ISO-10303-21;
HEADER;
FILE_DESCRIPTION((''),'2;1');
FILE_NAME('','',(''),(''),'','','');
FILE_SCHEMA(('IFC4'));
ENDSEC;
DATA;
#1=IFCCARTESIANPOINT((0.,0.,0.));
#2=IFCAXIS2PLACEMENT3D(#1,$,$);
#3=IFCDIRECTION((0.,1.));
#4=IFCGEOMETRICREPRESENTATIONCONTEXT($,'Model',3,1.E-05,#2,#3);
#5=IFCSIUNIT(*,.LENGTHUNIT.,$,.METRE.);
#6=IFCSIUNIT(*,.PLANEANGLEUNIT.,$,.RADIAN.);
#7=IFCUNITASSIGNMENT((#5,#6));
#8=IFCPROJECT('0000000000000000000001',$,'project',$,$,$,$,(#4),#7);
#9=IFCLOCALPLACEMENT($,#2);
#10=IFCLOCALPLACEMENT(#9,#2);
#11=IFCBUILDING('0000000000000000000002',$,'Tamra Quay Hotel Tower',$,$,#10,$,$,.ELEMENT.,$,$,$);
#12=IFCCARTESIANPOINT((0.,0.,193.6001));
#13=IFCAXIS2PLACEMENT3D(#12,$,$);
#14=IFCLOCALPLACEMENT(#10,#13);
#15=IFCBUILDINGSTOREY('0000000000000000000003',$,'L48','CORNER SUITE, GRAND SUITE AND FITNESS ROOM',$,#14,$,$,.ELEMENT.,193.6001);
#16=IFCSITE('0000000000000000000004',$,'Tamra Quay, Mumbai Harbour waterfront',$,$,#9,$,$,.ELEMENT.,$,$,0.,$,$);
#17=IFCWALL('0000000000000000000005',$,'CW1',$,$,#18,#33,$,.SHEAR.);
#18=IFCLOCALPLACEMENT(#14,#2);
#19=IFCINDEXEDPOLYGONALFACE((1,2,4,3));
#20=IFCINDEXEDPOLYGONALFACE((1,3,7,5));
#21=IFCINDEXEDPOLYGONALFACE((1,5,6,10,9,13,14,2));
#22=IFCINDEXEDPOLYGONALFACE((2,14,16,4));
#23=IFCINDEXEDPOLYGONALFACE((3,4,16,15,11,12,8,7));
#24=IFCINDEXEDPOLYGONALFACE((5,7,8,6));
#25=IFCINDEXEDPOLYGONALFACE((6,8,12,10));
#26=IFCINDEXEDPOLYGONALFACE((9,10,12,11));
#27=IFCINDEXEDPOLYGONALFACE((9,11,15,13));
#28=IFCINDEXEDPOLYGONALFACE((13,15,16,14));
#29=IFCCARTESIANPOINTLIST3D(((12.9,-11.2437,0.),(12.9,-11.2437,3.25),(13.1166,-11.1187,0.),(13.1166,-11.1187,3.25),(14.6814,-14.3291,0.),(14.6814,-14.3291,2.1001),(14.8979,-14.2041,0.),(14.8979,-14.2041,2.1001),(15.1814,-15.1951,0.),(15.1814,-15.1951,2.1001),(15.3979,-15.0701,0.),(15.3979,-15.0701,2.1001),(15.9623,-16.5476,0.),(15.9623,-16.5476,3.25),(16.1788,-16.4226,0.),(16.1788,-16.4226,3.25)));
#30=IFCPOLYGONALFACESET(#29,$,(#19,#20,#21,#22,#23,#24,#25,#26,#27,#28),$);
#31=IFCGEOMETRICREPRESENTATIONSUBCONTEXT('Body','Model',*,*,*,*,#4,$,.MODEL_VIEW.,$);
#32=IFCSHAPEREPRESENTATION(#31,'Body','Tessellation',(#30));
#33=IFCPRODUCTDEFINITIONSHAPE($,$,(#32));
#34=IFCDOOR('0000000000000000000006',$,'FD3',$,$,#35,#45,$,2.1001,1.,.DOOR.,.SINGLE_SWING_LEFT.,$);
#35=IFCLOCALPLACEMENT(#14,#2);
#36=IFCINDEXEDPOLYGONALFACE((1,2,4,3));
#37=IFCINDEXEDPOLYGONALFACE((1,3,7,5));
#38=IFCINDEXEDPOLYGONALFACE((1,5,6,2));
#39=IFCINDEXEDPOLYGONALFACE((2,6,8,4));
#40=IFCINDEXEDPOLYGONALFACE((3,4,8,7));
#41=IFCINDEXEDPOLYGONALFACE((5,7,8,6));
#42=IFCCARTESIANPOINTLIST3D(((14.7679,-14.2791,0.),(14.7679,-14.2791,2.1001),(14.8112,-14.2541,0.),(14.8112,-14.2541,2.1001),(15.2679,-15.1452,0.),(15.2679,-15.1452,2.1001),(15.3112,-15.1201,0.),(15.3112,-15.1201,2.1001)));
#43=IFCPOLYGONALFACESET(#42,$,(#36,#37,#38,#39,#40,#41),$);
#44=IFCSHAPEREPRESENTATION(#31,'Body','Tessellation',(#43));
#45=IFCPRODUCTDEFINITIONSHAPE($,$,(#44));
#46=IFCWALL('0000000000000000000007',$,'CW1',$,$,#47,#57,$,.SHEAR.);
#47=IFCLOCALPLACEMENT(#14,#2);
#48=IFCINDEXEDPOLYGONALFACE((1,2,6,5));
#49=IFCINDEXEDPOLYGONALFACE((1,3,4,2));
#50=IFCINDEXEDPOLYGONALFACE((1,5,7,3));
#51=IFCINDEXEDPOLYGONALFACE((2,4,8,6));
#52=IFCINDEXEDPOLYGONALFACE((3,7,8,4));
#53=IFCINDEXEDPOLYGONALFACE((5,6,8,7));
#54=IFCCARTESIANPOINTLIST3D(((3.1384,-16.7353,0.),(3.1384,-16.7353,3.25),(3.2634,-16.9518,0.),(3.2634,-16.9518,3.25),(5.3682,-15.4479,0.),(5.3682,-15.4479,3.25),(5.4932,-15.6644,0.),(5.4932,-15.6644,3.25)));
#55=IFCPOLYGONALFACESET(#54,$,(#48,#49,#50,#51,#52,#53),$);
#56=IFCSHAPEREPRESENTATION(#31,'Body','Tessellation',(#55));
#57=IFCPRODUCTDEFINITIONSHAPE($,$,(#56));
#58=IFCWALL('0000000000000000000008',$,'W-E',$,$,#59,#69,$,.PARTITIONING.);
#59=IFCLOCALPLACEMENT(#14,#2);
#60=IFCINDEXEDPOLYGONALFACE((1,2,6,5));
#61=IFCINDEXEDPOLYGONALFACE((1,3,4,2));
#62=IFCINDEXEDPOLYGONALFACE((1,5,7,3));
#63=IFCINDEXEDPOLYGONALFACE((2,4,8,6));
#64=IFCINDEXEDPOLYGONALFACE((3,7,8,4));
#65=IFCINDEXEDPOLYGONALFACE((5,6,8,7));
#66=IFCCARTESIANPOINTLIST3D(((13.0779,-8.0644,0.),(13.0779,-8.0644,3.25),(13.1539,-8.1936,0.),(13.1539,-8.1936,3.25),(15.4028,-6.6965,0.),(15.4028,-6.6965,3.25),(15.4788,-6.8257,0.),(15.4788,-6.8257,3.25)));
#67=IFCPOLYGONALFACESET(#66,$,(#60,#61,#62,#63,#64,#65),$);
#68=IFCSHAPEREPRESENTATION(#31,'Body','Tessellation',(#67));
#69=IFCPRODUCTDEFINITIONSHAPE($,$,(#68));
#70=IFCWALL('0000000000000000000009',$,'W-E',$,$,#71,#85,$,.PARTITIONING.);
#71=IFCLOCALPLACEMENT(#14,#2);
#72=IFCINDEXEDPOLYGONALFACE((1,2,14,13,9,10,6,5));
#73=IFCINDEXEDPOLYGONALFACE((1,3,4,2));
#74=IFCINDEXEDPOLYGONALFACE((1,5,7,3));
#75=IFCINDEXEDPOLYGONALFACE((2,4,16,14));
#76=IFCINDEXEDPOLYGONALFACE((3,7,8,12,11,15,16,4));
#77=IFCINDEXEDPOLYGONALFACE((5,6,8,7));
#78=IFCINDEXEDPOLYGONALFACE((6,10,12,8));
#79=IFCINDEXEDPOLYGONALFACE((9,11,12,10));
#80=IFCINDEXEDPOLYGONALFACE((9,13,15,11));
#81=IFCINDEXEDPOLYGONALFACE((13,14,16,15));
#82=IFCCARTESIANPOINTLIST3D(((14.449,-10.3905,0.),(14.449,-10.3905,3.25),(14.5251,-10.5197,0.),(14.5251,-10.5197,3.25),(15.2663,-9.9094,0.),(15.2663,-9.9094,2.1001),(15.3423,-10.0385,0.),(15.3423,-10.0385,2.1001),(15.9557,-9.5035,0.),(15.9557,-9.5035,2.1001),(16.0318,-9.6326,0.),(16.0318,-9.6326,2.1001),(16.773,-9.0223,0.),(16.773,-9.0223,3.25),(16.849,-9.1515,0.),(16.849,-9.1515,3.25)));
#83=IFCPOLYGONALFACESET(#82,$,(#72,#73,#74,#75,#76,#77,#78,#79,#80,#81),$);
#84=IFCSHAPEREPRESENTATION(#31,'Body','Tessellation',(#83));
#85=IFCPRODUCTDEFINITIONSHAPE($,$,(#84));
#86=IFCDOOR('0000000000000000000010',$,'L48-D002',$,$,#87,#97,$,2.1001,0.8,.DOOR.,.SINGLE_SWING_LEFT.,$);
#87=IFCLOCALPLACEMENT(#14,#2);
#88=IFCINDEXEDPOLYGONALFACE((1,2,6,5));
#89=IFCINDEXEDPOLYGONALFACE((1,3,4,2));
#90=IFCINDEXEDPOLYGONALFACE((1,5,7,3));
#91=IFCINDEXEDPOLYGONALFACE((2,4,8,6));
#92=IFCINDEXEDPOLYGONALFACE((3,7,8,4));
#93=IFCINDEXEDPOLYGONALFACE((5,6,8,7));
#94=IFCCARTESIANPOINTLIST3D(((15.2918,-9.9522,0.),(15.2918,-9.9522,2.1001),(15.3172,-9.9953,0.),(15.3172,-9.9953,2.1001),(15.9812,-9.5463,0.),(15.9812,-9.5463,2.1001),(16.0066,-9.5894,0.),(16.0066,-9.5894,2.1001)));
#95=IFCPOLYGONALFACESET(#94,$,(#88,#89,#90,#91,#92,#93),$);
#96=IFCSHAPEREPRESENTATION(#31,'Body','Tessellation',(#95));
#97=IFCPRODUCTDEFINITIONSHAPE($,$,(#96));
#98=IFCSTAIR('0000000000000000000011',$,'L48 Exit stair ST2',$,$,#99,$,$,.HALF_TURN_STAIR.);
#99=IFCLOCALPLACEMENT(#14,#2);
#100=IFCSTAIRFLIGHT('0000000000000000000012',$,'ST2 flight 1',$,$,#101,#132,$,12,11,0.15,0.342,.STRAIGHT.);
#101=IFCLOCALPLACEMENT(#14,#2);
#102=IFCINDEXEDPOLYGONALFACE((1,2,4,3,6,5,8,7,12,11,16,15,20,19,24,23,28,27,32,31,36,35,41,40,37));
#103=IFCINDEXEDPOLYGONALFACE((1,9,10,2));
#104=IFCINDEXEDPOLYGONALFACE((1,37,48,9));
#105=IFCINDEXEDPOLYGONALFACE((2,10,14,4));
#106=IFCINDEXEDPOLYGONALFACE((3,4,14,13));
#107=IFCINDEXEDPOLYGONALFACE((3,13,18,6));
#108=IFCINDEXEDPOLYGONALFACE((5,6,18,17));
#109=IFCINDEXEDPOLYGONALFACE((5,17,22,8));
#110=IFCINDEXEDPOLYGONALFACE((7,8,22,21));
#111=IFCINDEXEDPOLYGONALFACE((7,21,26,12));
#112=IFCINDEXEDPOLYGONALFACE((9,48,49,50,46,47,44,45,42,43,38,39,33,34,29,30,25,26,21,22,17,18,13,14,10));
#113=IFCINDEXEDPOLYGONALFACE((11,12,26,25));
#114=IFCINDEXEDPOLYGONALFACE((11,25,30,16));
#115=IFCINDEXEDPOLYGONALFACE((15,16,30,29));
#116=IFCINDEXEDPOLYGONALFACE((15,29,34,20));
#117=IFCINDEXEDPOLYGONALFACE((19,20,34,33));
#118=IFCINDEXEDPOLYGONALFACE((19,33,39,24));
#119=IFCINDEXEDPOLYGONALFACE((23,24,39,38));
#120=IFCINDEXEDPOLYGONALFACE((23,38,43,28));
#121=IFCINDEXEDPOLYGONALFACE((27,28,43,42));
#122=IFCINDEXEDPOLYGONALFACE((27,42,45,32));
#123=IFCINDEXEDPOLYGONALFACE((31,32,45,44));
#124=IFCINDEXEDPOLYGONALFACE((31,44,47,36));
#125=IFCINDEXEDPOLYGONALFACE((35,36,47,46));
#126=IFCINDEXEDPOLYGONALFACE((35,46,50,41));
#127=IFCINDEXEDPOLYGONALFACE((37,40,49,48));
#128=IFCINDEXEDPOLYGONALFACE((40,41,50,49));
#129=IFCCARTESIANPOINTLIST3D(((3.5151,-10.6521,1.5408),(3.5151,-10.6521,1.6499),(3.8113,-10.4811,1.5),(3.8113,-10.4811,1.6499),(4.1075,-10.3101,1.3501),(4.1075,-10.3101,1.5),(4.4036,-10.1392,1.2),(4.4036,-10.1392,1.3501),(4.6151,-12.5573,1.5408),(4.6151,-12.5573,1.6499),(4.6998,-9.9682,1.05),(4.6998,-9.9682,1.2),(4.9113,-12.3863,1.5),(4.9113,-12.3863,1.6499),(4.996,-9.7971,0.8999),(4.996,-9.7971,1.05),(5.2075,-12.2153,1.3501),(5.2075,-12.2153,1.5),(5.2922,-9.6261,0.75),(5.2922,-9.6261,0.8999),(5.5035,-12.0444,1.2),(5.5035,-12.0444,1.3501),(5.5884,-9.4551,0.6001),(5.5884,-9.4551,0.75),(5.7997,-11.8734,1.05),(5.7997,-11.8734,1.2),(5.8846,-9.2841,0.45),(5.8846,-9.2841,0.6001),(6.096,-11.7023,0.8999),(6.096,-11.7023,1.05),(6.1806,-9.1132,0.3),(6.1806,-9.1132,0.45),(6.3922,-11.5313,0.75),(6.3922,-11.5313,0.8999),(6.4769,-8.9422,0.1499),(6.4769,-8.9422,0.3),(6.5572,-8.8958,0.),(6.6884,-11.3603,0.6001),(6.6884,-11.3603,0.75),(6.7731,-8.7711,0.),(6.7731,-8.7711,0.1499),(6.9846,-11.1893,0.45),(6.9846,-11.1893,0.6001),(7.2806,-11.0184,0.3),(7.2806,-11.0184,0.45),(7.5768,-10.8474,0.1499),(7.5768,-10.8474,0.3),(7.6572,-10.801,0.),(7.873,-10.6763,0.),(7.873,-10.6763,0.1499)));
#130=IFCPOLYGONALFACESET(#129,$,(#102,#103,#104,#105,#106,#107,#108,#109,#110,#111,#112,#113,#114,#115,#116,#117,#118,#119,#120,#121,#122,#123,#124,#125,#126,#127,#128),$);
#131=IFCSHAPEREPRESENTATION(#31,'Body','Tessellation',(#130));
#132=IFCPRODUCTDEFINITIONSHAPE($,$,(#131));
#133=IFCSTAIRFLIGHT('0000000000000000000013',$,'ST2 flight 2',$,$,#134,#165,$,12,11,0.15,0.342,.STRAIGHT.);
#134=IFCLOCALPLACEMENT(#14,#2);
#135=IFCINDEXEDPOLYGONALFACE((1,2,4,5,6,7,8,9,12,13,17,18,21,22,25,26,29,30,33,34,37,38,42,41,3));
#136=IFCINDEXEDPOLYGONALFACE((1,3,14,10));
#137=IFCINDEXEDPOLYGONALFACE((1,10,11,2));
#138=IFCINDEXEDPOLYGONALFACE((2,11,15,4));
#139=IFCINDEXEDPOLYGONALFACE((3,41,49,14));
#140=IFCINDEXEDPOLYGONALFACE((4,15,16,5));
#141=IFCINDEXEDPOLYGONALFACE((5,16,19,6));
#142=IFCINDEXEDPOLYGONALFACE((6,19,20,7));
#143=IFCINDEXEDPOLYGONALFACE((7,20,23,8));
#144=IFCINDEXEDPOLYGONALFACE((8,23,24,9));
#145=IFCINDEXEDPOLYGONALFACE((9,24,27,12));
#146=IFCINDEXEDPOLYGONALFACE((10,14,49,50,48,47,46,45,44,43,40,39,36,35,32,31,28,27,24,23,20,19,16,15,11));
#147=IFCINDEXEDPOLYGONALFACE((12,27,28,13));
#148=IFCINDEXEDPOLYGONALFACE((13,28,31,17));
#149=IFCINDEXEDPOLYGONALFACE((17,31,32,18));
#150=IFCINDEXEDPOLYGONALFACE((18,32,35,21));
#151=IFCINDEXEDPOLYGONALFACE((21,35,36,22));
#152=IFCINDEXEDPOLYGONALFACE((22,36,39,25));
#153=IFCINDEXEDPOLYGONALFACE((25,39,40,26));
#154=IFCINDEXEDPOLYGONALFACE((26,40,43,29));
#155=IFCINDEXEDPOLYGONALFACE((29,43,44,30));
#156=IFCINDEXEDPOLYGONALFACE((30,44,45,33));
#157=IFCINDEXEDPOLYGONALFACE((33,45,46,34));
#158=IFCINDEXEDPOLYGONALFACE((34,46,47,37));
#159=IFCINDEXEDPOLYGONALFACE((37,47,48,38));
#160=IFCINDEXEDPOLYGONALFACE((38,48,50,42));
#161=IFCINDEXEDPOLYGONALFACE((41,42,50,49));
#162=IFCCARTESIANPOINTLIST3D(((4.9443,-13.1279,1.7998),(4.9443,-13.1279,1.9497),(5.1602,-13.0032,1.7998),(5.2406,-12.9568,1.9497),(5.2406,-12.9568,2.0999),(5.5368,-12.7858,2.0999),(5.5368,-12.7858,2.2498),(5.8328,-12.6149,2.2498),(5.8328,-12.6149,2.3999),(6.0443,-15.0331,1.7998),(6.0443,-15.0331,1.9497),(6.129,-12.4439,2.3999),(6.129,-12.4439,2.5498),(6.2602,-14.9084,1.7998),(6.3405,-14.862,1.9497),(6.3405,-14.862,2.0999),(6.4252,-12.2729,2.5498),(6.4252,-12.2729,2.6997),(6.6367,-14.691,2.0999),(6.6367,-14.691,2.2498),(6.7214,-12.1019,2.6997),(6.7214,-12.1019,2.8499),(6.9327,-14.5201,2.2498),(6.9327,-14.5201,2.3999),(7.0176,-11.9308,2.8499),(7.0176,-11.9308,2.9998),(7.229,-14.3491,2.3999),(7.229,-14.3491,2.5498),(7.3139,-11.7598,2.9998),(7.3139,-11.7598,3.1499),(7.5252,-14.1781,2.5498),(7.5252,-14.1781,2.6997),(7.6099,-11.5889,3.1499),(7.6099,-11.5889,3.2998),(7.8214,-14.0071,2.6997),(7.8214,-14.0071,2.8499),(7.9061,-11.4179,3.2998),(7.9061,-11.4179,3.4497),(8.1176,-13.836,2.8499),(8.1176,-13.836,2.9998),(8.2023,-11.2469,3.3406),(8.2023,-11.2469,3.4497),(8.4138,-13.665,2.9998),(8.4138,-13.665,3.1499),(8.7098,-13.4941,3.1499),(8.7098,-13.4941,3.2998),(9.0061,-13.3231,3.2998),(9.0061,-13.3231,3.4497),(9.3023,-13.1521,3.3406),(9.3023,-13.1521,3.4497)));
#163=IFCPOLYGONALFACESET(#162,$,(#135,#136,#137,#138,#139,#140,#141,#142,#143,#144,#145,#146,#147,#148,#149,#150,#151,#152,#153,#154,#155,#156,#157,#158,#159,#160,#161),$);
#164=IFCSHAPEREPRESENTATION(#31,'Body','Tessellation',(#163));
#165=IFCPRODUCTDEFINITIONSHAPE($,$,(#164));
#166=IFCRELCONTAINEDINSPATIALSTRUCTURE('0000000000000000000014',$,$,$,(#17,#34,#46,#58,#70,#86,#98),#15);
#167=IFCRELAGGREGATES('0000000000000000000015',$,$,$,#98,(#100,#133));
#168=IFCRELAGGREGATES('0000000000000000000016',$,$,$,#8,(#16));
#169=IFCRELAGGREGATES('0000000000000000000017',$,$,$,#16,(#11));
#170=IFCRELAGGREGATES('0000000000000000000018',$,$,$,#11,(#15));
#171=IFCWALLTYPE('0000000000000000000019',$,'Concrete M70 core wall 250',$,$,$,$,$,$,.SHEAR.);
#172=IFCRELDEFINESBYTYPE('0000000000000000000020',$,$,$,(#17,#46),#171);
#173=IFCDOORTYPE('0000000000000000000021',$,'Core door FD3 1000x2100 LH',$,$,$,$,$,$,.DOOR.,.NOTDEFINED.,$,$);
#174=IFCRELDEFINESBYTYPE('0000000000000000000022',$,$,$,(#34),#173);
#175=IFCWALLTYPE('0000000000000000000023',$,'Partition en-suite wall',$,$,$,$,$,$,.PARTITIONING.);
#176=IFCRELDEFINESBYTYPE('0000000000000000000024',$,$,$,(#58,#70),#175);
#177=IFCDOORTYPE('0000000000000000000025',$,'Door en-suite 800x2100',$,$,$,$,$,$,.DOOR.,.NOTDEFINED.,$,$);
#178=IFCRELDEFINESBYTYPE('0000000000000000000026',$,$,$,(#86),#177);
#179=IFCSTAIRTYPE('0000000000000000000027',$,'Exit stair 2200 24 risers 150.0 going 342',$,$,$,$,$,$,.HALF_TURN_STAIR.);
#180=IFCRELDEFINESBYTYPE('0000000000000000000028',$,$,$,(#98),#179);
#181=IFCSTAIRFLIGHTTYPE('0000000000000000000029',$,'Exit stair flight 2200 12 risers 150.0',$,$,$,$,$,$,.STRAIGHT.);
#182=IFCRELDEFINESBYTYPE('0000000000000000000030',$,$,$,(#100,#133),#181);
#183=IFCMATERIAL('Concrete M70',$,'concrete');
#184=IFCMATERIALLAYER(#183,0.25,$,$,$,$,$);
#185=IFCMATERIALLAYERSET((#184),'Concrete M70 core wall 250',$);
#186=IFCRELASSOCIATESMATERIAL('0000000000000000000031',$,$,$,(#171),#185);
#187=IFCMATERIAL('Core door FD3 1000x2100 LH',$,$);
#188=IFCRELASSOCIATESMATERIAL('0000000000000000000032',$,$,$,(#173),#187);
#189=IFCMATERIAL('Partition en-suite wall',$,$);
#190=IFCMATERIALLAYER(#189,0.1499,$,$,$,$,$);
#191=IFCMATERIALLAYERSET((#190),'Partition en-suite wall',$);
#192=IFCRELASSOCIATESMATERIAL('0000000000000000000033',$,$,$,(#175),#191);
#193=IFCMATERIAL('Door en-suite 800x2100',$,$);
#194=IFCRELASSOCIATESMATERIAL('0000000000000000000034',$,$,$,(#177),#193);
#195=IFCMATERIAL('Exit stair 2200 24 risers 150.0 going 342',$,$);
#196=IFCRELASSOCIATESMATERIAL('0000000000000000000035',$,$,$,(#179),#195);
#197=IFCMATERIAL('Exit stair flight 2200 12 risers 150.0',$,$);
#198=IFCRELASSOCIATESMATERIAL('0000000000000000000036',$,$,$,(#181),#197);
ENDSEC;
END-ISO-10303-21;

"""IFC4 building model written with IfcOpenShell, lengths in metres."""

from ifc_helpers import new_model, si_unit, direction, frame, frame_2d, origin, place, context, subcontext, project, spatial, polyline, rectangle, outline, extrude, material, layer, layer_set, type_object, element, fill, aggregate, save


model = new_model("IFC4")

# Units and contexts
model_context = context("Model", 3, precision=1e-05, world=origin(), true_north=direction((0.0, 1.0)))
body_context = subcontext(model_context, "Body", "Model", "MODEL_VIEW")
ifc_project = project(units=[si_unit("LENGTHUNIT", "METRE"), si_unit("PLANEANGLEUNIT", "RADIAN")], contexts=[model_context])

# Site, building, storey
site_placement = place(None, origin())
site = spatial("IfcSite", under=ifc_project, at=site_placement, Name="Tamra Quay, Mumbai Harbour waterfront", CompositionType="ELEMENT", RefElevation=0.0)
building_placement = place(site_placement, origin())
building = spatial("IfcBuilding", under=site, at=building_placement, Name="Tamra Quay Hotel Tower", CompositionType="ELEMENT")
storey_placement = place(building_placement, frame((0.0, 0.0, 193.6001)))
storey = spatial("IfcBuildingStorey", under=building, at=storey_placement, Name="L48", Description="CORNER SUITE, GRAND SUITE AND FITNESS ROOM", CompositionType="ELEMENT", Elevation=193.6001)

# Shared definitions
ifc_material_1 = material(Name="Concrete M70", Category="concrete")

# Wall, opening, door
ifc_layer_1 = layer(ifc_material_1, 0.25)
ifc_layer_set_1 = layer_set([ifc_layer_1], Name="Concrete M70 core wall 250")
wall_type_1 = type_object("IfcWallType", Name="Concrete M70 core wall 250", PredefinedType="SHEAR", material=ifc_layer_set_1)
wall_1_placement = place(storey_placement, frame((13.0083, -11.1812, 0.0), z_axis=(0.0, 0.0, 1.0), x_axis=(0.500002, -0.866024, 0.0)))
wall_1 = element("IfcWall", 1, at=wall_1_placement, inside=storey, type_object=wall_type_1, Name="CW1", PredefinedType="SHEAR", context=body_context, shape_type="SweptSolid", body=[
    extrude(rectangle(XDim=6.1245, YDim=0.25, at=frame_2d((3.0623, 0.0))), origin(), (0.0, 0.0, 1.0), 3.25),
])
opening_1_placement = place(wall_1_placement, frame((3.5627, 0.0, 0.0)))
opening_1 = element("IfcOpeningElement", 2, at=opening_1_placement, cuts=wall_1, PredefinedType="OPENING", context=body_context, shape_type="SweptSolid", body=[
    extrude(rectangle(XDim=1.0, YDim=2.1001, at=frame_2d((0.5, 1.05))), frame((0.0, 0.135, 0.0), z_axis=(0.0, -1.0, 0.0), x_axis=(1.0, 0.0, 0.0)), (0.0, 0.0, 1.0), 0.27),
])
ifc_material_2 = material(Name="Core door FD3 1000x2100 LH")
door_type_1 = type_object("IfcDoorType", Name="Core door FD3 1000x2100 LH", OperationType="NOTDEFINED", PredefinedType="DOOR", material=ifc_material_2)
door_1_placement = place(opening_1_placement, origin())
door_1 = element("IfcDoor", 3, at=door_1_placement, inside=storey, type_object=door_type_1, Name="FD3", OperationType="SINGLE_SWING_LEFT", OverallHeight=2.1001, OverallWidth=1.0, PredefinedType="DOOR", context=body_context, shape_type="SweptSolid", body=[
    extrude(rectangle(XDim=1.0, YDim=2.1001, at=frame_2d((0.5, 1.05))), frame((0.0, 0.0249, 0.0), z_axis=(0.0, -1.0, 0.0), x_axis=(1.0, 0.0, 0.0)), (0.0, 0.0, 1.0), 0.05),
])
fill(opening_1, door_1)

# Walls
wall_2_placement = place(storey_placement, frame((5.4307, -15.5562, 0.0), z_axis=(0.0, 0.0, 1.0), x_axis=(-0.866023, -0.500004, 0.0)))
element("IfcWall", 4, at=wall_2_placement, inside=storey, type_object=wall_type_1, Name="CW1", PredefinedType="SHEAR", context=body_context, shape_type="SweptSolid", body=[
    extrude(rectangle(XDim=2.5747, YDim=0.25, at=frame_2d((1.2874, 0.0))), origin(), (0.0, 0.0, 1.0), 3.25),
])
ifc_material_3 = material(Name="Partition en-suite wall")
ifc_layer_2 = layer(ifc_material_3, 0.1499)
ifc_layer_set_2 = layer_set([ifc_layer_2], Name="Partition en-suite wall")
wall_type_2 = type_object("IfcWallType", Name="Partition en-suite wall", PredefinedType="PARTITIONING", material=ifc_layer_set_2)
wall_3_placement = place(storey_placement, frame((13.116, -8.1289, 0.0), z_axis=(0.0, 0.0, 1.0), x_axis=(0.861885, 0.507103, 0.0)))
element("IfcWall", 5, at=wall_3_placement, inside=storey, type_object=wall_type_2, Name="W-E", PredefinedType="PARTITIONING", context=body_context, shape_type="SweptSolid", body=[
    extrude(rectangle(XDim=2.6975, YDim=0.1499, at=frame_2d((1.3486, 0.0))), origin(), (0.0, 0.0, 1.0), 3.25),
])

# Wall, opening, door
wall_4_placement = place(storey_placement, frame((14.4871, -10.4551, 0.0), z_axis=(0.0, 0.0, 1.0), x_axis=(0.861753, 0.507329, 0.0)))
wall_4 = element("IfcWall", 6, at=wall_4_placement, inside=storey, type_object=wall_type_2, Name="W-E", PredefinedType="PARTITIONING", context=body_context, shape_type="SweptSolid", body=[
    extrude(rectangle(XDim=2.6968, YDim=0.1499, at=frame_2d((1.3484, 0.0))), origin(), (0.0, 0.0, 1.0), 3.25),
])
opening_2_placement = place(wall_4_placement, frame((0.9485, 0.0, 0.0)))
opening_2 = element("IfcOpeningElement", 7, at=opening_2_placement, cuts=wall_4, PredefinedType="OPENING", context=body_context, shape_type="SweptSolid", body=[
    extrude(rectangle(XDim=0.8, YDim=2.1001, at=frame_2d((0.3999, 1.05))), frame((0.0, 0.085, 0.0), z_axis=(0.0, -1.0, 0.0), x_axis=(1.0, 0.0, 0.0)), (0.0, 0.0, 1.0), 0.1699),
])
ifc_material_4 = material(Name="Door en-suite 800x2100")
door_type_2 = type_object("IfcDoorType", Name="Door en-suite 800x2100", OperationType="NOTDEFINED", PredefinedType="DOOR", material=ifc_material_4)
door_2_placement = place(opening_2_placement, frame((0.8, 0.0, 0.0), z_axis=(0.0, 0.0, 1.0), x_axis=(-1.0, 0.0, 0.0)))
door_2 = element("IfcDoor", 8, at=door_2_placement, inside=storey, type_object=door_type_2, Name="L48-D002", OperationType="SINGLE_SWING_LEFT", OverallHeight=2.1001, OverallWidth=0.8, PredefinedType="DOOR", context=body_context, shape_type="SweptSolid", body=[
    extrude(rectangle(XDim=0.8, YDim=2.1001, at=frame_2d((0.3999, 1.05))), frame((0.0, 0.0249, 0.0), z_axis=(0.0, -1.0, 0.0), x_axis=(1.0, 0.0, 0.0)), (0.0, 0.0, 1.0), 0.05),
])
fill(opening_2, door_2)

# Stair, stair flights
ifc_material_5 = material(Name="Exit stair 2200 24 risers 150.0 going 342")
stair_type = type_object("IfcStairType", Name="Exit stair 2200 24 risers 150.0 going 342", PredefinedType="HALF_TURN_STAIR", material=ifc_material_5)
stair_placement = place(storey_placement, origin())
stair = element("IfcStair", 9, at=stair_placement, inside=storey, type_object=stair_type, Name="L48 Exit stair ST2", PredefinedType="HALF_TURN_STAIR")
ifc_material_6 = material(Name="Exit stair flight 2200 12 risers 150.0")
stair_flight_type = type_object("IfcStairFlightType", Name="Exit stair flight 2200 12 risers 150.0", PredefinedType="STRAIGHT", material=ifc_material_6)
stair_flight_1_placement = place(storey_placement, frame((7.323, -9.7236, 0.0), z_axis=(0.0, 0.0, 1.0), x_axis=(-0.866025, -0.5, 0.0)))
stair_flight_1 = element("IfcStairFlight", 10, at=stair_flight_1_placement, type_object=stair_flight_type, Name="ST2 flight 1", NumberOfRisers=12, NumberOfTreads=11, PredefinedType="STRAIGHT", RiserHeight=0.15, TreadLength=0.342, context=body_context, shape_type="SweptSolid", body=[
    extrude(outline(polyline([(0.0, 0.0), (0.0, 0.1499), (0.342, 0.1499), (0.342, 0.3), (0.6841, 0.3), (0.6841, 0.45), (1.0259, 0.45), (1.0259, 0.6001), (1.3679, 0.6001), (1.3679, 0.75), (1.71, 0.75), (1.71, 0.8999), (2.052, 0.8999), (2.052, 1.05), (2.394, 1.05), (2.394, 1.2), (2.7361, 1.2), (2.7361, 1.3501), (3.0779, 1.3501), (3.0779, 1.5), (3.4199, 1.5), (3.4199, 1.6499), (3.762, 1.6499), (3.762, 1.8), (3.762, 1.5408), (0.2493, 0.0), (0.0, 0.0)])), frame((0.0, 1.1001, 0.0), z_axis=(0.0, -1.0, 0.0), x_axis=(1.0, 0.0, 0.0)), (0.0, 0.0, 1.0), 2.2),
])
stair_flight_2_placement = place(storey_placement, frame((5.4944, -14.0806, 1.7998), z_axis=(0.0, 0.0, 1.0), x_axis=(0.866025, 0.5, 0.0)))
stair_flight_2 = element("IfcStairFlight", 11, at=stair_flight_2_placement, type_object=stair_flight_type, Name="ST2 flight 2", NumberOfRisers=12, NumberOfTreads=11, PredefinedType="STRAIGHT", RiserHeight=0.15, TreadLength=0.342, context=body_context, shape_type="SweptSolid", body=[
    extrude(outline(polyline([(0.0, 0.0), (0.0, 0.1499), (0.342, 0.1499), (0.342, 0.3), (0.6841, 0.3), (0.6841, 0.45), (1.0259, 0.45), (1.0259, 0.6001), (1.3679, 0.6001), (1.3679, 0.75), (1.71, 0.75), (1.71, 0.8999), (2.052, 0.8999), (2.052, 1.05), (2.394, 1.05), (2.394, 1.2), (2.7361, 1.2), (2.7361, 1.3501), (3.0779, 1.3501), (3.0779, 1.5), (3.4199, 1.5), (3.4199, 1.6499), (3.762, 1.6499), (3.762, 1.8), (3.762, 1.5408), (0.2493, 0.0), (0.0, 0.0)])), frame((0.0, 1.1001, 0.0), z_axis=(0.0, -1.0, 0.0), x_axis=(1.0, 0.0, 0.0)), (0.0, 0.0, 1.0), 2.2),
])
aggregate(stair, [stair_flight_1, stair_flight_2])

save(model, "model.ifc")
